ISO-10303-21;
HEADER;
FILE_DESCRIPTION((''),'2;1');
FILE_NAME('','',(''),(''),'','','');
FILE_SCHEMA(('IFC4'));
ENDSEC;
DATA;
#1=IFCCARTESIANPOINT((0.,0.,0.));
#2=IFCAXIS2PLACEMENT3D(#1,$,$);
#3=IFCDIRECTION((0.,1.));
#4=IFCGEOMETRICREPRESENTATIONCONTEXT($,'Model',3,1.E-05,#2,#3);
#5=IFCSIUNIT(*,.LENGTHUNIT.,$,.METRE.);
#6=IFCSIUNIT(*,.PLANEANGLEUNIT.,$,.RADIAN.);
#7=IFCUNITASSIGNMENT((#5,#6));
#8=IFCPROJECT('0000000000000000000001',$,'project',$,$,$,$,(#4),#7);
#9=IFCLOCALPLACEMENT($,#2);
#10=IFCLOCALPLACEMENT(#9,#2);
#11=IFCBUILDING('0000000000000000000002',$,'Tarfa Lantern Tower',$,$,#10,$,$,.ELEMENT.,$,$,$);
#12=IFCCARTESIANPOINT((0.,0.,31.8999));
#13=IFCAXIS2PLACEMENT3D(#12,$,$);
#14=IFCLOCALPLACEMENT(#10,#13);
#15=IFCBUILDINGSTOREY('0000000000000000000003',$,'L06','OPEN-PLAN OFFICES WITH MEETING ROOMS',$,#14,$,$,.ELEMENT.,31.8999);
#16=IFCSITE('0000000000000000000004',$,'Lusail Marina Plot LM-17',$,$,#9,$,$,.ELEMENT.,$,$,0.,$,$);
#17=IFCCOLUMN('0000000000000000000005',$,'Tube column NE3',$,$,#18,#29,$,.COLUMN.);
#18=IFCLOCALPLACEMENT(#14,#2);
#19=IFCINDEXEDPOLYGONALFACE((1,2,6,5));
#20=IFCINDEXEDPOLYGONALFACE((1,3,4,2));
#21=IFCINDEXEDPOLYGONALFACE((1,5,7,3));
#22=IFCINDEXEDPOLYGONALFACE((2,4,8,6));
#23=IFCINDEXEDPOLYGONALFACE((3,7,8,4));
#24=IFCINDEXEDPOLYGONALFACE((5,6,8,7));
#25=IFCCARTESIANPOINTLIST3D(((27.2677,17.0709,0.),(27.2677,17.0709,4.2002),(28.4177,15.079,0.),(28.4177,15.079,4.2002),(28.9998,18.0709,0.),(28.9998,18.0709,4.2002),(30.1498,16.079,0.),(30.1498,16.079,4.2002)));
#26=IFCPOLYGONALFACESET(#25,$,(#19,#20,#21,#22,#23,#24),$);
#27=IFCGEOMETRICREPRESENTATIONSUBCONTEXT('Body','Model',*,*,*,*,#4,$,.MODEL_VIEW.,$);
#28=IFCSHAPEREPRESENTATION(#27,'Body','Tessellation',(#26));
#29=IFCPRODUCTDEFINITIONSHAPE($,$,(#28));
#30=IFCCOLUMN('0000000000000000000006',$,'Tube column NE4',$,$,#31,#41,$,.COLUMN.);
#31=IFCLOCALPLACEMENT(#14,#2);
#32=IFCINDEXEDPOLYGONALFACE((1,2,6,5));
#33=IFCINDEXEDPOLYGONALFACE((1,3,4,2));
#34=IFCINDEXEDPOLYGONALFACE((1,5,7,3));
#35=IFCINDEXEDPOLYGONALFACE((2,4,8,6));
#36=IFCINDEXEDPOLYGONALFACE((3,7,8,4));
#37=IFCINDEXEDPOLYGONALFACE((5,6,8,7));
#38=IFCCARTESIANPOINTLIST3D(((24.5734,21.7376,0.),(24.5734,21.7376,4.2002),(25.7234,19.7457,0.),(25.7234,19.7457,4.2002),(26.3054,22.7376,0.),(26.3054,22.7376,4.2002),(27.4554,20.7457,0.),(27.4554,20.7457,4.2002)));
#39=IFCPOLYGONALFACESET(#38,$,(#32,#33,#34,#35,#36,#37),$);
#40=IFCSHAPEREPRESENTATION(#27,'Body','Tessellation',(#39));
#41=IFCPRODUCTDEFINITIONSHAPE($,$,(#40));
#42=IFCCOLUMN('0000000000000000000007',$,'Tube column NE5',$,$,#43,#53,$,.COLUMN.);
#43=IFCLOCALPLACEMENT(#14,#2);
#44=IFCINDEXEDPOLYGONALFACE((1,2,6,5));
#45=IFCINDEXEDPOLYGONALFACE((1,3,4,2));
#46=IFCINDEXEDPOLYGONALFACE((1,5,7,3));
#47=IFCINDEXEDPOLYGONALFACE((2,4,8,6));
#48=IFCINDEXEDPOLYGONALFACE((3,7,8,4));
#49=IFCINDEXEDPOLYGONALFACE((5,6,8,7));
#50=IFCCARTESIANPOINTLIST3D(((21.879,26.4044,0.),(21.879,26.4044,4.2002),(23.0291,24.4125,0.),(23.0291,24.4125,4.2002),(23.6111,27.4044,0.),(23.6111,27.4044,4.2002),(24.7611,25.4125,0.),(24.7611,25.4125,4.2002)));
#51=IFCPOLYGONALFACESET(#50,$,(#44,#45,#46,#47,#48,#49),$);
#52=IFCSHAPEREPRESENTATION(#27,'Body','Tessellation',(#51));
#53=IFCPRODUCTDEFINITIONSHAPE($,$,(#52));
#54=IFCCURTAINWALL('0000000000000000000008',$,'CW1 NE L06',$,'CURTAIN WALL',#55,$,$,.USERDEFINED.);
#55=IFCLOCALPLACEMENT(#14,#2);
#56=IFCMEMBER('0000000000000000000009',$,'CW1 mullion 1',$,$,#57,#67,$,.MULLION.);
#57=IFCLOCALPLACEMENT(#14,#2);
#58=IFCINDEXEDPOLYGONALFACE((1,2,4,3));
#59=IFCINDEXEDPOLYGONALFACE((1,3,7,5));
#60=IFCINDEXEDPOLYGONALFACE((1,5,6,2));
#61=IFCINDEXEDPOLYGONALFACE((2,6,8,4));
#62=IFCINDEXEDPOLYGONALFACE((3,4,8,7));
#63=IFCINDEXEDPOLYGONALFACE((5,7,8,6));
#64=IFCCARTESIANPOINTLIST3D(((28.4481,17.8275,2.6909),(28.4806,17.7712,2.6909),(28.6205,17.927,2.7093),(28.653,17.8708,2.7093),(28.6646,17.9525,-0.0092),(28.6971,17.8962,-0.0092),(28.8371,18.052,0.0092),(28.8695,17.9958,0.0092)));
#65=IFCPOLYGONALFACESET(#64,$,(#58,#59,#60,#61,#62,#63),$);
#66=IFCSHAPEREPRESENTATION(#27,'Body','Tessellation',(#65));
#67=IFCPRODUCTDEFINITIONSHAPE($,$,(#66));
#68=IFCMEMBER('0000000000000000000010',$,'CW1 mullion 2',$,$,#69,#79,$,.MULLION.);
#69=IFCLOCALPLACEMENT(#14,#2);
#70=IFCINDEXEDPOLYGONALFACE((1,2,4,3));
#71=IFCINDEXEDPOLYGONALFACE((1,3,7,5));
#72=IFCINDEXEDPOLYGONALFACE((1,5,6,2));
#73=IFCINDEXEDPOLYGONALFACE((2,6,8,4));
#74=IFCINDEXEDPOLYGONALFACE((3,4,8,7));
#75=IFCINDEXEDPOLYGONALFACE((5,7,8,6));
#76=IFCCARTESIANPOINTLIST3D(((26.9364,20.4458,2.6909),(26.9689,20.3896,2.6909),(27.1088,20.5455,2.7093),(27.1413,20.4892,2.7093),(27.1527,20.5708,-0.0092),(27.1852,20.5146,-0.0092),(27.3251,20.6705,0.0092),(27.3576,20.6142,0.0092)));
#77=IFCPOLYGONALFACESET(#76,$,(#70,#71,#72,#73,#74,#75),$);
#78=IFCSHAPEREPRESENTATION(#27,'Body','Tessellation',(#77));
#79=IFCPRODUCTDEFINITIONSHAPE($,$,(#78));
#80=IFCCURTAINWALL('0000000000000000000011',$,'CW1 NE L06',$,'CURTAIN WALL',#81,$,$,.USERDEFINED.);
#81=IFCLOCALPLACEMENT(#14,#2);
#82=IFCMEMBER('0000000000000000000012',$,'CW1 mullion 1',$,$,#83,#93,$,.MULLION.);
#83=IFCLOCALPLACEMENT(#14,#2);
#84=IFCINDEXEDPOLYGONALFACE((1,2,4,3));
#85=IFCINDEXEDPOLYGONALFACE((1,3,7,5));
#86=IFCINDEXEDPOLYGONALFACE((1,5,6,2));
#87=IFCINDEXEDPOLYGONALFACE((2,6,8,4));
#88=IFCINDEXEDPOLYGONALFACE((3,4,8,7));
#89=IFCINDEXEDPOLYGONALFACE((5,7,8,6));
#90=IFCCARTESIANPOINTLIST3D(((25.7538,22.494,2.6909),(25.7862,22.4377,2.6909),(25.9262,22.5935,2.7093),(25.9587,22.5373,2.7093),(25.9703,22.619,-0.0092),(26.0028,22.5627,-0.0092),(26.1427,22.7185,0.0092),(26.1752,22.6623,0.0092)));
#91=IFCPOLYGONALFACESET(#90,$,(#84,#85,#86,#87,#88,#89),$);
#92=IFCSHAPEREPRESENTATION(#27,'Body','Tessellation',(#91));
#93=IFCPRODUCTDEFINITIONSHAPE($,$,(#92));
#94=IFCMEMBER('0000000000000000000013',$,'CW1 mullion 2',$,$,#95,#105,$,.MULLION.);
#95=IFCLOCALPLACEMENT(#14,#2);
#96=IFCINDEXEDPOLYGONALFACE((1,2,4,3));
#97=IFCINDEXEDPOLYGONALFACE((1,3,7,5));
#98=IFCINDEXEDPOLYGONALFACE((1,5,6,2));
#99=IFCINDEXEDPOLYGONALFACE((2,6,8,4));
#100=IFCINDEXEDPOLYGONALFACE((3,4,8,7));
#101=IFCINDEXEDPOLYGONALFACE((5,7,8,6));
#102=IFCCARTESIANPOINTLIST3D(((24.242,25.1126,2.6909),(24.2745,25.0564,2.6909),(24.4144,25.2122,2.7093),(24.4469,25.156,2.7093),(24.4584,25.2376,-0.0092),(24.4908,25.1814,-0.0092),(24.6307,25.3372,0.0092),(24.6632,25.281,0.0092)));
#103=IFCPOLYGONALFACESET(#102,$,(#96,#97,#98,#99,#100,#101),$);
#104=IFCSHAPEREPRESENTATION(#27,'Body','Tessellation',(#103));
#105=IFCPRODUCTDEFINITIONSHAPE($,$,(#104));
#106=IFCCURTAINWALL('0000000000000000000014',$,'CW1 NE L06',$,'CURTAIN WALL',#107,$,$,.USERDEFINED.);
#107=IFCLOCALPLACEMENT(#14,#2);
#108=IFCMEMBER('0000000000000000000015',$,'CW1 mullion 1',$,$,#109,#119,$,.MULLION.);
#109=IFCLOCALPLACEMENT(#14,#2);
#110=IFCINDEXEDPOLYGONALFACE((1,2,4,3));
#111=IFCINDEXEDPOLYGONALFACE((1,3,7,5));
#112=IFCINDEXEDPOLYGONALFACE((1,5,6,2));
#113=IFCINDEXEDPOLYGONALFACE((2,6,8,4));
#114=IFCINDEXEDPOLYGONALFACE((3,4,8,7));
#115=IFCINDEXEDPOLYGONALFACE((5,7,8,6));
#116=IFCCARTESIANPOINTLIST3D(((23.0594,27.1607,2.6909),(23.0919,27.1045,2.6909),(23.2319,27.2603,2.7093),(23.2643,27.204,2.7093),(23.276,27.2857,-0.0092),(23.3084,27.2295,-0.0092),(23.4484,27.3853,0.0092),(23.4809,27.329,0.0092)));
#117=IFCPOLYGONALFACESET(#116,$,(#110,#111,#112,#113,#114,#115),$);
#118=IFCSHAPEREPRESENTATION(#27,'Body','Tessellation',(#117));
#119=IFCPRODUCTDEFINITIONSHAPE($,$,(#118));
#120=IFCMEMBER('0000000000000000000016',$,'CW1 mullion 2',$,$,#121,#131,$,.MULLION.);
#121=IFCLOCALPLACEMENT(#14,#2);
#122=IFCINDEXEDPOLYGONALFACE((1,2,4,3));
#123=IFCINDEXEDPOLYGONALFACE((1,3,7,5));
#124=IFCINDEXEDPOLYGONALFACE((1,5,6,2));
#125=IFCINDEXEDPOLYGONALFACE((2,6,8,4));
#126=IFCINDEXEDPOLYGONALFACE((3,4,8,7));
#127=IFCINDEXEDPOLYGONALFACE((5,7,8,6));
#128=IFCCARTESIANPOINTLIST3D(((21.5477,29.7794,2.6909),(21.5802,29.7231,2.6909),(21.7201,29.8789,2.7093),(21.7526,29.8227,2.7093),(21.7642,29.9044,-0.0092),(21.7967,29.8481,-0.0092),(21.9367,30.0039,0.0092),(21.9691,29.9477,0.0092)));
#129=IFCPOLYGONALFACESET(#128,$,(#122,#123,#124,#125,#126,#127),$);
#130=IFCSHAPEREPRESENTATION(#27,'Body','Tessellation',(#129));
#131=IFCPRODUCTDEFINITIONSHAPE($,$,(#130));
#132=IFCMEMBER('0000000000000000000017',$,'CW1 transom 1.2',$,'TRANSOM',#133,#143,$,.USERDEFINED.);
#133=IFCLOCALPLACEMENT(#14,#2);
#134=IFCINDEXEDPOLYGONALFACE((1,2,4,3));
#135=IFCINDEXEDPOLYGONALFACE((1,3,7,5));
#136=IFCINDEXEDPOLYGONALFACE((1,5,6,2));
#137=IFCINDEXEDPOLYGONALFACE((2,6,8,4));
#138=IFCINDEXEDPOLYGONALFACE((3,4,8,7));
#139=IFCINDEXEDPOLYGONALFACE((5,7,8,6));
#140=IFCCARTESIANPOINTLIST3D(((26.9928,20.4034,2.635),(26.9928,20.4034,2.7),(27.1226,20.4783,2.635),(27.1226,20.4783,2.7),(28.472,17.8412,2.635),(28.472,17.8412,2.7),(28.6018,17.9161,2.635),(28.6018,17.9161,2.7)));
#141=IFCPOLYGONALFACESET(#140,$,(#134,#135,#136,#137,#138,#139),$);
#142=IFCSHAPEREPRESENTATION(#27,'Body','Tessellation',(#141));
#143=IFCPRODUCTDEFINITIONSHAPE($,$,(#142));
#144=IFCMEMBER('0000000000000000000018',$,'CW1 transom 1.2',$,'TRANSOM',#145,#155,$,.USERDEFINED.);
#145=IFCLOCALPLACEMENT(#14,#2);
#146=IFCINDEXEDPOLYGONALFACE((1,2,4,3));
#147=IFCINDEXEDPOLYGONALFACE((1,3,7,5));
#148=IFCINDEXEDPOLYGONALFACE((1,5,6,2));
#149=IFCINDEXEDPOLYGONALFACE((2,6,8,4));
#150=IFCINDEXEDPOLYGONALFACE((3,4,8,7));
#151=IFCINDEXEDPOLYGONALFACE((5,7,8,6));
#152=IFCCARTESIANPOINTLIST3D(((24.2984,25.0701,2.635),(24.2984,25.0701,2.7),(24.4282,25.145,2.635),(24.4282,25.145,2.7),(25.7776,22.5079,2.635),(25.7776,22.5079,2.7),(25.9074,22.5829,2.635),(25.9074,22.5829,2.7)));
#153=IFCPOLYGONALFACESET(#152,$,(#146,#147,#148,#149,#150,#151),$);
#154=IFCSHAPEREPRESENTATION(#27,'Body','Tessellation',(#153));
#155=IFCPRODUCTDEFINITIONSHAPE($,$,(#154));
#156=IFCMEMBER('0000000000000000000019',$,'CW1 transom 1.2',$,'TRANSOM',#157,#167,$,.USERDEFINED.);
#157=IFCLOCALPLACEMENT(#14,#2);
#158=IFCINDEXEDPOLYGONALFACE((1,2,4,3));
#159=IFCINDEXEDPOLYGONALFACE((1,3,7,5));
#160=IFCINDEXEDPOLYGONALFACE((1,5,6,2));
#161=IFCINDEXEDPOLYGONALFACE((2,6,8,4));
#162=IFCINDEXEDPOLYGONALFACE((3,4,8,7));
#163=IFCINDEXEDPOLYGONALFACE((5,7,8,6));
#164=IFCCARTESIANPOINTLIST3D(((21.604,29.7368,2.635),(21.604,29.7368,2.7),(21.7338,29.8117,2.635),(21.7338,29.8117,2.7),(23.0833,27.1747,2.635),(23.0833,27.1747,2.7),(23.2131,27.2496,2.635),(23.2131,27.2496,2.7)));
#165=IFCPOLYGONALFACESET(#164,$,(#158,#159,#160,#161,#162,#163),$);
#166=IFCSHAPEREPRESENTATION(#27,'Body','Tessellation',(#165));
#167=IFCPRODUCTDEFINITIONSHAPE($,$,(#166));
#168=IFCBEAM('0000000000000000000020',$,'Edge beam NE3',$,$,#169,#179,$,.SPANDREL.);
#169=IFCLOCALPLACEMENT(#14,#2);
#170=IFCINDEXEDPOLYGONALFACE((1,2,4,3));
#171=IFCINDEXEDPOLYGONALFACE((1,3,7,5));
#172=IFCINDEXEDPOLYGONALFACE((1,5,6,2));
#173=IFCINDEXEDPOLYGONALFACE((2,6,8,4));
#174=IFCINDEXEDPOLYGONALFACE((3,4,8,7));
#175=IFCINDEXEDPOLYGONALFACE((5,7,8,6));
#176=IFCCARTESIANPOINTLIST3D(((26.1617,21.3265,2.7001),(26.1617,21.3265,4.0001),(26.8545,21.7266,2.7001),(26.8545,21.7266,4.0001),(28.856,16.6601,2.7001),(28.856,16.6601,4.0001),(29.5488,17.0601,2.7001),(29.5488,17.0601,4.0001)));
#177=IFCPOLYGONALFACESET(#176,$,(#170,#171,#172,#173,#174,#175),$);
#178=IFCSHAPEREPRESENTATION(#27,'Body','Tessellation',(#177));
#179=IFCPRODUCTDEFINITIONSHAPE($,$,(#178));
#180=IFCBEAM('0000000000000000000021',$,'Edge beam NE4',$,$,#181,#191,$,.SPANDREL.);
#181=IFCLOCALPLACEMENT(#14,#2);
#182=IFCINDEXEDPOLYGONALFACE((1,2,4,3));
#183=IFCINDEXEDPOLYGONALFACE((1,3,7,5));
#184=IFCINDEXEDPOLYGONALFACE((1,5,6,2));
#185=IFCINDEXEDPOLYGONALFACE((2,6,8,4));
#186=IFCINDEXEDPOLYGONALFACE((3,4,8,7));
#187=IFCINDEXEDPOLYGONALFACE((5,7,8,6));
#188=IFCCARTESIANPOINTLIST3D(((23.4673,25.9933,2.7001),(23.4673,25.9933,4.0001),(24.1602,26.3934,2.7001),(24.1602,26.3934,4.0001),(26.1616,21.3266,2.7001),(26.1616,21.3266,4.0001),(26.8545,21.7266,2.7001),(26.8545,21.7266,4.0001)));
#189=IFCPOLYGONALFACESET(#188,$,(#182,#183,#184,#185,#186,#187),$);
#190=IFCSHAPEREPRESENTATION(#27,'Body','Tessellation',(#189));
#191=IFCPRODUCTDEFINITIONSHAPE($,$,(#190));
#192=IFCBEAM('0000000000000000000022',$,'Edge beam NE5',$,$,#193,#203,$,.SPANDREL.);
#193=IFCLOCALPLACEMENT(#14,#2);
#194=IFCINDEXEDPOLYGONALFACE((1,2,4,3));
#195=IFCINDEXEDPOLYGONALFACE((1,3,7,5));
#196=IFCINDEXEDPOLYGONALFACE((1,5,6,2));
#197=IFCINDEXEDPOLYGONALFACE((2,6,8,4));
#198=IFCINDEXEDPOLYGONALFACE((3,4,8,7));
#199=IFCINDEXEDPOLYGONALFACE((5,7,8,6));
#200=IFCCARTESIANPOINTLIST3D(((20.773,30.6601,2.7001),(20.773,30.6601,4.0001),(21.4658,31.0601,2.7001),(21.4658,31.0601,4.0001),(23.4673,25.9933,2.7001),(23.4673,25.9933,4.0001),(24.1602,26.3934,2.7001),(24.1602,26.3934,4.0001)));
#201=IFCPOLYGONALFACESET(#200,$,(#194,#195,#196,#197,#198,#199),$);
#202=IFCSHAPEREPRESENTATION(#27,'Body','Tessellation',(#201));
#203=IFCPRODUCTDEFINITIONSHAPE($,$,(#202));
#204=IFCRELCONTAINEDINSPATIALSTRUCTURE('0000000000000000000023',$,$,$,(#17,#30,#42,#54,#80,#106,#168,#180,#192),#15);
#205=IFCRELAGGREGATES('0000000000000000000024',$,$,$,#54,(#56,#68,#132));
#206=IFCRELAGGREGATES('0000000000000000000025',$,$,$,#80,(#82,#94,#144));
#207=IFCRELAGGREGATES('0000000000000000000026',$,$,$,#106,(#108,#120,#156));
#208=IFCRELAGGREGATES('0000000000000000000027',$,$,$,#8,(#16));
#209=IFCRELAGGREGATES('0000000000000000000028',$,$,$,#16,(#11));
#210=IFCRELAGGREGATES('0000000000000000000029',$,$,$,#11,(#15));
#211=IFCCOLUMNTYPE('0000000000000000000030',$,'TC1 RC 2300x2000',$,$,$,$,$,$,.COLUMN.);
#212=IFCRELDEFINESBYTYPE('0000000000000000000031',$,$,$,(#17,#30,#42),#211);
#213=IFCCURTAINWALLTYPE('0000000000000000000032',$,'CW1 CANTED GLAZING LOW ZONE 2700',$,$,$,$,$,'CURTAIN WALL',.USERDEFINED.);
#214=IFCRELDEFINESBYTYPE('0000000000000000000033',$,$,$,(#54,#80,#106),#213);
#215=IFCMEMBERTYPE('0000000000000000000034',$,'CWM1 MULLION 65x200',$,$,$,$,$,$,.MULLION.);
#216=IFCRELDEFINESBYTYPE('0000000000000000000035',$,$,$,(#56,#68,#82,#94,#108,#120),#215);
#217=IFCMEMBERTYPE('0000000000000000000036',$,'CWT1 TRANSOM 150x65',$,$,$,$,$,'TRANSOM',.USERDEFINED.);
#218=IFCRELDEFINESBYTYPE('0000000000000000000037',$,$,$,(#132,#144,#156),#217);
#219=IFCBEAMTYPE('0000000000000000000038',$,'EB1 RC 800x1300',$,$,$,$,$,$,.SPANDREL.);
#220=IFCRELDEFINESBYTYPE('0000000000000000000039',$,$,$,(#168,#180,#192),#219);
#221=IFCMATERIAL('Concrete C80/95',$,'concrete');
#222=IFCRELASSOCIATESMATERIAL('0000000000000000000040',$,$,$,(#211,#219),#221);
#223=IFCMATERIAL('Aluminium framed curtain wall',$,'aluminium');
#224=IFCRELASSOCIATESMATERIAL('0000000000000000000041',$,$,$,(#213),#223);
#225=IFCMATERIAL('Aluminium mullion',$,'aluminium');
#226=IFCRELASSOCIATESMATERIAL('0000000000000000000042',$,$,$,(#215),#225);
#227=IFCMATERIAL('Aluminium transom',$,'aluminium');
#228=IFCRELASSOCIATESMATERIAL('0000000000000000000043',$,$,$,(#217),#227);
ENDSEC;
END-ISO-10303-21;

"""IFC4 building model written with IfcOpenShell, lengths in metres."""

from ifc_helpers import new_model, si_unit, direction, frame, origin, origin_2d, place, context, subcontext, project, spatial, rectangle, extrude, material, material_profile, profile_set, type_object, element, aggregate, save


model = new_model("IFC4")

# Units and contexts
model_context = context("Model", 3, precision=1e-05, world=origin(), true_north=direction((0.0, 1.0)))
body_context = subcontext(model_context, "Body", "Model", "MODEL_VIEW")
ifc_project = project(units=[si_unit("LENGTHUNIT", "METRE"), si_unit("PLANEANGLEUNIT", "RADIAN")], contexts=[model_context])

# Site, building, storey
site_placement = place(None, origin())
site = spatial("IfcSite", under=ifc_project, at=site_placement, Name="Lusail Marina Plot LM-17", CompositionType="ELEMENT", RefElevation=0.0)
building_placement = place(site_placement, origin())
building = spatial("IfcBuilding", under=site, at=building_placement, Name="Tarfa Lantern Tower", CompositionType="ELEMENT")
storey_placement = place(building_placement, frame((0.0, 0.0, 31.8999)))
storey = spatial("IfcBuildingStorey", under=building, at=storey_placement, Name="L06", Description="OPEN-PLAN OFFICES WITH MEETING ROOMS", CompositionType="ELEMENT", Elevation=31.8999)

# Columns
ifc_material_1 = material(Name="Concrete C80/95", Category="concrete")
ifc_material_profile_1 = material_profile(ifc_material_1, rectangle(XDim=2.3, YDim=2.0, at=origin_2d()), Name="RC 2300x2000")
ifc_profile_set_1 = profile_set([ifc_material_profile_1], Name="Concrete C80/95")
column_type = type_object("IfcColumnType", Name="TC1 RC 2300x2000", PredefinedType="COLUMN", material=ifc_profile_set_1)
for number, where, z_axis, x_axis, name in (
    (1, (28.7087, 16.575, 0.0), (0.0, 0.0, 1.0), (-0.5, 0.866025, 0.0), "Tube column NE3"),
    (2, (26.0144, 21.2417, 0.0), (0.0, 0.0, 1.0), (-0.5, 0.866025, 0.0), "Tube column NE4"),
    (3, (23.3201, 25.9084, 0.0), (0.0, 0.0, 1.0), (-0.5, 0.866025, 0.0), "Tube column NE5"),
):
    element("IfcColumn", number, at=place(storey_placement, frame(where, z_axis=z_axis, x_axis=x_axis)), inside=storey, type_object=column_type, Name=name, PredefinedType="COLUMN", context=body_context, shape_type="SweptSolid", body=[
        extrude(rectangle(XDim=2.3, YDim=2.0, at=origin_2d()), origin(), (0.0, 0.0, 1.0), 4.2002),
    ])

# Curtain walls, members
ifc_material_2 = material(Name="Aluminium framed curtain wall", Category="aluminium")
curtain_wall_type = type_object("IfcCurtainWallType", Name="CW1 CANTED GLAZING LOW ZONE 2700", ElementType="CURTAIN WALL", PredefinedType="USERDEFINED", material=ifc_material_2)
curtain_wall_1_placement = place(storey_placement, origin())
curtain_wall_1 = element("IfcCurtainWall", 4, at=curtain_wall_1_placement, inside=storey, type_object=curtain_wall_type, Name="CW1 NE L06", ObjectType="CURTAIN WALL", PredefinedType="USERDEFINED")
ifc_material_3 = material(Name="Aluminium mullion", Category="aluminium")
ifc_material_profile_2 = material_profile(ifc_material_3, rectangle(XDim=0.0649, YDim=0.2, at=origin_2d()), Name="AL MULLION 65x200")
ifc_profile_set_2 = profile_set([ifc_material_profile_2], Name="Aluminium mullion")
member_type_1 = type_object("IfcMemberType", Name="CWM1 MULLION 65x200", PredefinedType="MULLION", material=ifc_profile_set_2)
member_1_placement = place(storey_placement, frame((28.7671, 17.9741, 0.0), z_axis=(-0.079857, -0.046096, 0.99574), x_axis=(0.49992, -0.866072, 0.0)))
member_1 = element("IfcMember", 5, at=member_1_placement, type_object=member_type_1, Name="CW1 mullion 1", PredefinedType="MULLION", context=body_context, shape_type="SweptSolid", body=[
    extrude(rectangle(XDim=0.0649, YDim=0.2, at=origin_2d()), origin(), (0.0, 0.0, 1.0), 2.7117),
])
member_2_placement = place(storey_placement, frame((27.2551, 20.5925, 0.0), z_axis=(-0.079768, -0.046096, 0.995747), x_axis=(0.500343, -0.865827, 0.0)))
member_2 = element("IfcMember", 6, at=member_2_placement, type_object=member_type_1, Name="CW1 mullion 2", PredefinedType="MULLION", context=body_context, shape_type="SweptSolid", body=[
    extrude(rectangle(XDim=0.0649, YDim=0.2, at=origin_2d()), origin(), (0.0, 0.0, 1.0), 2.7117),
])
curtain_wall_2_placement = place(storey_placement, origin())
curtain_wall_2 = element("IfcCurtainWall", 7, at=curtain_wall_2_placement, inside=storey, type_object=curtain_wall_type, Name="CW1 NE L06", ObjectType="CURTAIN WALL", PredefinedType="USERDEFINED")
member_3_placement = place(storey_placement, frame((26.0728, 22.6406, 0.0), z_axis=(-0.079857, -0.046096, 0.99574), x_axis=(0.49992, -0.866072, 0.0)))
member_3 = element("IfcMember", 8, at=member_3_placement, type_object=member_type_1, Name="CW1 mullion 1", PredefinedType="MULLION", context=body_context, shape_type="SweptSolid", body=[
    extrude(rectangle(XDim=0.0649, YDim=0.2, at=origin_2d()), origin(), (0.0, 0.0, 1.0), 2.7117),
])
member_4_placement = place(storey_placement, frame((24.5608, 25.2593, 0.0), z_axis=(-0.079768, -0.046096, 0.995747), x_axis=(0.500343, -0.865827, 0.0)))
member_4 = element("IfcMember", 9, at=member_4_placement, type_object=member_type_1, Name="CW1 mullion 2", PredefinedType="MULLION", context=body_context, shape_type="SweptSolid", body=[
    extrude(rectangle(XDim=0.0649, YDim=0.2, at=origin_2d()), origin(), (0.0, 0.0, 1.0), 2.7117),
])
curtain_wall_3_placement = place(storey_placement, origin())
curtain_wall_3 = element("IfcCurtainWall", 10, at=curtain_wall_3_placement, inside=storey, type_object=curtain_wall_type, Name="CW1 NE L06", ObjectType="CURTAIN WALL", PredefinedType="USERDEFINED")
member_5_placement = place(storey_placement, frame((23.3784, 27.3074, 0.0), z_axis=(-0.079857, -0.046096, 0.99574), x_axis=(0.49992, -0.866072, 0.0)))
member_5 = element("IfcMember", 11, at=member_5_placement, type_object=member_type_1, Name="CW1 mullion 1", PredefinedType="MULLION", context=body_context, shape_type="SweptSolid", body=[
    extrude(rectangle(XDim=0.0649, YDim=0.2, at=origin_2d()), origin(), (0.0, 0.0, 1.0), 2.7117),
])
member_6_placement = place(storey_placement, frame((21.8667, 29.926, 0.0), z_axis=(-0.079857, -0.046096, 0.99574), x_axis=(0.49992, -0.866072, 0.0)))
member_6 = element("IfcMember", 12, at=member_6_placement, type_object=member_type_1, Name="CW1 mullion 2", PredefinedType="MULLION", context=body_context, shape_type="SweptSolid", body=[
    extrude(rectangle(XDim=0.0649, YDim=0.2, at=origin_2d()), origin(), (0.0, 0.0, 1.0), 2.7117),
])

# Members
ifc_material_4 = material(Name="Aluminium transom", Category="aluminium")
ifc_material_profile_3 = material_profile(ifc_material_4, rectangle(XDim=0.1499, YDim=0.0649, at=origin_2d()), Name="AL TRANSOM 150x65")
ifc_profile_set_3 = profile_set([ifc_material_profile_3], Name="Aluminium transom")
member_type_2 = type_object("IfcMemberType", Name="CWT1 TRANSOM 150x65", ElementType="TRANSOM", PredefinedType="USERDEFINED", material=ifc_profile_set_3)
member_7_placement = place(storey_placement, frame((28.5369, 17.8787, 2.6675), z_axis=(-0.499982, 0.866036, 0.0), x_axis=(-0.866036, -0.499982, 0.0)))
member_7 = element("IfcMember", 13, at=member_7_placement, type_object=member_type_2, Name="CW1 transom 1.2", ObjectType="TRANSOM", PredefinedType="USERDEFINED", context=body_context, shape_type="SweptSolid", body=[
    extrude(rectangle(XDim=0.1499, YDim=0.0649, at=origin_2d()), origin(), (0.0, 0.0, 1.0), 2.9585),
])
member_8_placement = place(storey_placement, frame((25.8425, 22.5454, 2.6675), z_axis=(-0.499982, 0.866036, 0.0), x_axis=(-0.866036, -0.499982, 0.0)))
member_8 = element("IfcMember", 14, at=member_8_placement, type_object=member_type_2, Name="CW1 transom 1.2", ObjectType="TRANSOM", PredefinedType="USERDEFINED", context=body_context, shape_type="SweptSolid", body=[
    extrude(rectangle(XDim=0.1499, YDim=0.0649, at=origin_2d()), origin(), (0.0, 0.0, 1.0), 2.9585),
])
member_9_placement = place(storey_placement, frame((23.1482, 27.2122, 2.6675), z_axis=(-0.500018, 0.866015, 0.0), x_axis=(-0.866015, -0.500018, 0.0)))
member_9 = element("IfcMember", 15, at=member_9_placement, type_object=member_type_2, Name="CW1 transom 1.2", ObjectType="TRANSOM", PredefinedType="USERDEFINED", context=body_context, shape_type="SweptSolid", body=[
    extrude(rectangle(XDim=0.1499, YDim=0.0649, at=origin_2d()), origin(), (0.0, 0.0, 1.0), 2.9585),
])

# Beams
ifc_material_profile_4 = material_profile(ifc_material_1, rectangle(XDim=0.8, YDim=1.3, at=origin_2d()), Name="RC 800x1300")
ifc_profile_set_4 = profile_set([ifc_material_profile_4], Name="Concrete C80/95")
beam_type_1 = type_object("IfcBeamType", Name="EB1 RC 800x1300", PredefinedType="SPANDREL", material=ifc_profile_set_4)
beam_1_placement = place(storey_placement, frame((29.2024, 16.8601, 3.3501), z_axis=(-0.500018, 0.866015, 0.0), x_axis=(-0.866015, -0.500018, 0.0)))
element("IfcBeam", 16, at=beam_1_placement, inside=storey, type_object=beam_type_1, Name="Edge beam NE3", PredefinedType="SPANDREL", context=body_context, shape_type="SweptSolid", body=[
    extrude(rectangle(XDim=0.8, YDim=1.3, at=origin_2d()), origin(), (0.0, 0.0, 1.0), 5.3884),
])
for number, where, z_axis, x_axis, name in (
    (17, (26.5081, 21.5266, 3.3501), (-0.499998, 0.866026, 0.0), (-0.866026, -0.499998, 0.0), "Edge beam NE4"),
    (18, (23.8137, 26.1934, 3.3501), (-0.499998, 0.866026, 0.0), (-0.866026, -0.499998, 0.0), "Edge beam NE5"),
):
    element("IfcBeam", number, at=place(storey_placement, frame(where, z_axis=z_axis, x_axis=x_axis)), inside=storey, type_object=beam_type_1, Name=name, PredefinedType="SPANDREL", context=body_context, shape_type="SweptSolid", body=[
        extrude(rectangle(XDim=0.8, YDim=1.3, at=origin_2d()), origin(), (0.0, 0.0, 1.0), 5.3887),
    ])

aggregate(curtain_wall_1, [member_1, member_2, member_7])
aggregate(curtain_wall_2, [member_3, member_4, member_8])
aggregate(curtain_wall_3, [member_5, member_6, member_9])

save(model, "model.ifc")
